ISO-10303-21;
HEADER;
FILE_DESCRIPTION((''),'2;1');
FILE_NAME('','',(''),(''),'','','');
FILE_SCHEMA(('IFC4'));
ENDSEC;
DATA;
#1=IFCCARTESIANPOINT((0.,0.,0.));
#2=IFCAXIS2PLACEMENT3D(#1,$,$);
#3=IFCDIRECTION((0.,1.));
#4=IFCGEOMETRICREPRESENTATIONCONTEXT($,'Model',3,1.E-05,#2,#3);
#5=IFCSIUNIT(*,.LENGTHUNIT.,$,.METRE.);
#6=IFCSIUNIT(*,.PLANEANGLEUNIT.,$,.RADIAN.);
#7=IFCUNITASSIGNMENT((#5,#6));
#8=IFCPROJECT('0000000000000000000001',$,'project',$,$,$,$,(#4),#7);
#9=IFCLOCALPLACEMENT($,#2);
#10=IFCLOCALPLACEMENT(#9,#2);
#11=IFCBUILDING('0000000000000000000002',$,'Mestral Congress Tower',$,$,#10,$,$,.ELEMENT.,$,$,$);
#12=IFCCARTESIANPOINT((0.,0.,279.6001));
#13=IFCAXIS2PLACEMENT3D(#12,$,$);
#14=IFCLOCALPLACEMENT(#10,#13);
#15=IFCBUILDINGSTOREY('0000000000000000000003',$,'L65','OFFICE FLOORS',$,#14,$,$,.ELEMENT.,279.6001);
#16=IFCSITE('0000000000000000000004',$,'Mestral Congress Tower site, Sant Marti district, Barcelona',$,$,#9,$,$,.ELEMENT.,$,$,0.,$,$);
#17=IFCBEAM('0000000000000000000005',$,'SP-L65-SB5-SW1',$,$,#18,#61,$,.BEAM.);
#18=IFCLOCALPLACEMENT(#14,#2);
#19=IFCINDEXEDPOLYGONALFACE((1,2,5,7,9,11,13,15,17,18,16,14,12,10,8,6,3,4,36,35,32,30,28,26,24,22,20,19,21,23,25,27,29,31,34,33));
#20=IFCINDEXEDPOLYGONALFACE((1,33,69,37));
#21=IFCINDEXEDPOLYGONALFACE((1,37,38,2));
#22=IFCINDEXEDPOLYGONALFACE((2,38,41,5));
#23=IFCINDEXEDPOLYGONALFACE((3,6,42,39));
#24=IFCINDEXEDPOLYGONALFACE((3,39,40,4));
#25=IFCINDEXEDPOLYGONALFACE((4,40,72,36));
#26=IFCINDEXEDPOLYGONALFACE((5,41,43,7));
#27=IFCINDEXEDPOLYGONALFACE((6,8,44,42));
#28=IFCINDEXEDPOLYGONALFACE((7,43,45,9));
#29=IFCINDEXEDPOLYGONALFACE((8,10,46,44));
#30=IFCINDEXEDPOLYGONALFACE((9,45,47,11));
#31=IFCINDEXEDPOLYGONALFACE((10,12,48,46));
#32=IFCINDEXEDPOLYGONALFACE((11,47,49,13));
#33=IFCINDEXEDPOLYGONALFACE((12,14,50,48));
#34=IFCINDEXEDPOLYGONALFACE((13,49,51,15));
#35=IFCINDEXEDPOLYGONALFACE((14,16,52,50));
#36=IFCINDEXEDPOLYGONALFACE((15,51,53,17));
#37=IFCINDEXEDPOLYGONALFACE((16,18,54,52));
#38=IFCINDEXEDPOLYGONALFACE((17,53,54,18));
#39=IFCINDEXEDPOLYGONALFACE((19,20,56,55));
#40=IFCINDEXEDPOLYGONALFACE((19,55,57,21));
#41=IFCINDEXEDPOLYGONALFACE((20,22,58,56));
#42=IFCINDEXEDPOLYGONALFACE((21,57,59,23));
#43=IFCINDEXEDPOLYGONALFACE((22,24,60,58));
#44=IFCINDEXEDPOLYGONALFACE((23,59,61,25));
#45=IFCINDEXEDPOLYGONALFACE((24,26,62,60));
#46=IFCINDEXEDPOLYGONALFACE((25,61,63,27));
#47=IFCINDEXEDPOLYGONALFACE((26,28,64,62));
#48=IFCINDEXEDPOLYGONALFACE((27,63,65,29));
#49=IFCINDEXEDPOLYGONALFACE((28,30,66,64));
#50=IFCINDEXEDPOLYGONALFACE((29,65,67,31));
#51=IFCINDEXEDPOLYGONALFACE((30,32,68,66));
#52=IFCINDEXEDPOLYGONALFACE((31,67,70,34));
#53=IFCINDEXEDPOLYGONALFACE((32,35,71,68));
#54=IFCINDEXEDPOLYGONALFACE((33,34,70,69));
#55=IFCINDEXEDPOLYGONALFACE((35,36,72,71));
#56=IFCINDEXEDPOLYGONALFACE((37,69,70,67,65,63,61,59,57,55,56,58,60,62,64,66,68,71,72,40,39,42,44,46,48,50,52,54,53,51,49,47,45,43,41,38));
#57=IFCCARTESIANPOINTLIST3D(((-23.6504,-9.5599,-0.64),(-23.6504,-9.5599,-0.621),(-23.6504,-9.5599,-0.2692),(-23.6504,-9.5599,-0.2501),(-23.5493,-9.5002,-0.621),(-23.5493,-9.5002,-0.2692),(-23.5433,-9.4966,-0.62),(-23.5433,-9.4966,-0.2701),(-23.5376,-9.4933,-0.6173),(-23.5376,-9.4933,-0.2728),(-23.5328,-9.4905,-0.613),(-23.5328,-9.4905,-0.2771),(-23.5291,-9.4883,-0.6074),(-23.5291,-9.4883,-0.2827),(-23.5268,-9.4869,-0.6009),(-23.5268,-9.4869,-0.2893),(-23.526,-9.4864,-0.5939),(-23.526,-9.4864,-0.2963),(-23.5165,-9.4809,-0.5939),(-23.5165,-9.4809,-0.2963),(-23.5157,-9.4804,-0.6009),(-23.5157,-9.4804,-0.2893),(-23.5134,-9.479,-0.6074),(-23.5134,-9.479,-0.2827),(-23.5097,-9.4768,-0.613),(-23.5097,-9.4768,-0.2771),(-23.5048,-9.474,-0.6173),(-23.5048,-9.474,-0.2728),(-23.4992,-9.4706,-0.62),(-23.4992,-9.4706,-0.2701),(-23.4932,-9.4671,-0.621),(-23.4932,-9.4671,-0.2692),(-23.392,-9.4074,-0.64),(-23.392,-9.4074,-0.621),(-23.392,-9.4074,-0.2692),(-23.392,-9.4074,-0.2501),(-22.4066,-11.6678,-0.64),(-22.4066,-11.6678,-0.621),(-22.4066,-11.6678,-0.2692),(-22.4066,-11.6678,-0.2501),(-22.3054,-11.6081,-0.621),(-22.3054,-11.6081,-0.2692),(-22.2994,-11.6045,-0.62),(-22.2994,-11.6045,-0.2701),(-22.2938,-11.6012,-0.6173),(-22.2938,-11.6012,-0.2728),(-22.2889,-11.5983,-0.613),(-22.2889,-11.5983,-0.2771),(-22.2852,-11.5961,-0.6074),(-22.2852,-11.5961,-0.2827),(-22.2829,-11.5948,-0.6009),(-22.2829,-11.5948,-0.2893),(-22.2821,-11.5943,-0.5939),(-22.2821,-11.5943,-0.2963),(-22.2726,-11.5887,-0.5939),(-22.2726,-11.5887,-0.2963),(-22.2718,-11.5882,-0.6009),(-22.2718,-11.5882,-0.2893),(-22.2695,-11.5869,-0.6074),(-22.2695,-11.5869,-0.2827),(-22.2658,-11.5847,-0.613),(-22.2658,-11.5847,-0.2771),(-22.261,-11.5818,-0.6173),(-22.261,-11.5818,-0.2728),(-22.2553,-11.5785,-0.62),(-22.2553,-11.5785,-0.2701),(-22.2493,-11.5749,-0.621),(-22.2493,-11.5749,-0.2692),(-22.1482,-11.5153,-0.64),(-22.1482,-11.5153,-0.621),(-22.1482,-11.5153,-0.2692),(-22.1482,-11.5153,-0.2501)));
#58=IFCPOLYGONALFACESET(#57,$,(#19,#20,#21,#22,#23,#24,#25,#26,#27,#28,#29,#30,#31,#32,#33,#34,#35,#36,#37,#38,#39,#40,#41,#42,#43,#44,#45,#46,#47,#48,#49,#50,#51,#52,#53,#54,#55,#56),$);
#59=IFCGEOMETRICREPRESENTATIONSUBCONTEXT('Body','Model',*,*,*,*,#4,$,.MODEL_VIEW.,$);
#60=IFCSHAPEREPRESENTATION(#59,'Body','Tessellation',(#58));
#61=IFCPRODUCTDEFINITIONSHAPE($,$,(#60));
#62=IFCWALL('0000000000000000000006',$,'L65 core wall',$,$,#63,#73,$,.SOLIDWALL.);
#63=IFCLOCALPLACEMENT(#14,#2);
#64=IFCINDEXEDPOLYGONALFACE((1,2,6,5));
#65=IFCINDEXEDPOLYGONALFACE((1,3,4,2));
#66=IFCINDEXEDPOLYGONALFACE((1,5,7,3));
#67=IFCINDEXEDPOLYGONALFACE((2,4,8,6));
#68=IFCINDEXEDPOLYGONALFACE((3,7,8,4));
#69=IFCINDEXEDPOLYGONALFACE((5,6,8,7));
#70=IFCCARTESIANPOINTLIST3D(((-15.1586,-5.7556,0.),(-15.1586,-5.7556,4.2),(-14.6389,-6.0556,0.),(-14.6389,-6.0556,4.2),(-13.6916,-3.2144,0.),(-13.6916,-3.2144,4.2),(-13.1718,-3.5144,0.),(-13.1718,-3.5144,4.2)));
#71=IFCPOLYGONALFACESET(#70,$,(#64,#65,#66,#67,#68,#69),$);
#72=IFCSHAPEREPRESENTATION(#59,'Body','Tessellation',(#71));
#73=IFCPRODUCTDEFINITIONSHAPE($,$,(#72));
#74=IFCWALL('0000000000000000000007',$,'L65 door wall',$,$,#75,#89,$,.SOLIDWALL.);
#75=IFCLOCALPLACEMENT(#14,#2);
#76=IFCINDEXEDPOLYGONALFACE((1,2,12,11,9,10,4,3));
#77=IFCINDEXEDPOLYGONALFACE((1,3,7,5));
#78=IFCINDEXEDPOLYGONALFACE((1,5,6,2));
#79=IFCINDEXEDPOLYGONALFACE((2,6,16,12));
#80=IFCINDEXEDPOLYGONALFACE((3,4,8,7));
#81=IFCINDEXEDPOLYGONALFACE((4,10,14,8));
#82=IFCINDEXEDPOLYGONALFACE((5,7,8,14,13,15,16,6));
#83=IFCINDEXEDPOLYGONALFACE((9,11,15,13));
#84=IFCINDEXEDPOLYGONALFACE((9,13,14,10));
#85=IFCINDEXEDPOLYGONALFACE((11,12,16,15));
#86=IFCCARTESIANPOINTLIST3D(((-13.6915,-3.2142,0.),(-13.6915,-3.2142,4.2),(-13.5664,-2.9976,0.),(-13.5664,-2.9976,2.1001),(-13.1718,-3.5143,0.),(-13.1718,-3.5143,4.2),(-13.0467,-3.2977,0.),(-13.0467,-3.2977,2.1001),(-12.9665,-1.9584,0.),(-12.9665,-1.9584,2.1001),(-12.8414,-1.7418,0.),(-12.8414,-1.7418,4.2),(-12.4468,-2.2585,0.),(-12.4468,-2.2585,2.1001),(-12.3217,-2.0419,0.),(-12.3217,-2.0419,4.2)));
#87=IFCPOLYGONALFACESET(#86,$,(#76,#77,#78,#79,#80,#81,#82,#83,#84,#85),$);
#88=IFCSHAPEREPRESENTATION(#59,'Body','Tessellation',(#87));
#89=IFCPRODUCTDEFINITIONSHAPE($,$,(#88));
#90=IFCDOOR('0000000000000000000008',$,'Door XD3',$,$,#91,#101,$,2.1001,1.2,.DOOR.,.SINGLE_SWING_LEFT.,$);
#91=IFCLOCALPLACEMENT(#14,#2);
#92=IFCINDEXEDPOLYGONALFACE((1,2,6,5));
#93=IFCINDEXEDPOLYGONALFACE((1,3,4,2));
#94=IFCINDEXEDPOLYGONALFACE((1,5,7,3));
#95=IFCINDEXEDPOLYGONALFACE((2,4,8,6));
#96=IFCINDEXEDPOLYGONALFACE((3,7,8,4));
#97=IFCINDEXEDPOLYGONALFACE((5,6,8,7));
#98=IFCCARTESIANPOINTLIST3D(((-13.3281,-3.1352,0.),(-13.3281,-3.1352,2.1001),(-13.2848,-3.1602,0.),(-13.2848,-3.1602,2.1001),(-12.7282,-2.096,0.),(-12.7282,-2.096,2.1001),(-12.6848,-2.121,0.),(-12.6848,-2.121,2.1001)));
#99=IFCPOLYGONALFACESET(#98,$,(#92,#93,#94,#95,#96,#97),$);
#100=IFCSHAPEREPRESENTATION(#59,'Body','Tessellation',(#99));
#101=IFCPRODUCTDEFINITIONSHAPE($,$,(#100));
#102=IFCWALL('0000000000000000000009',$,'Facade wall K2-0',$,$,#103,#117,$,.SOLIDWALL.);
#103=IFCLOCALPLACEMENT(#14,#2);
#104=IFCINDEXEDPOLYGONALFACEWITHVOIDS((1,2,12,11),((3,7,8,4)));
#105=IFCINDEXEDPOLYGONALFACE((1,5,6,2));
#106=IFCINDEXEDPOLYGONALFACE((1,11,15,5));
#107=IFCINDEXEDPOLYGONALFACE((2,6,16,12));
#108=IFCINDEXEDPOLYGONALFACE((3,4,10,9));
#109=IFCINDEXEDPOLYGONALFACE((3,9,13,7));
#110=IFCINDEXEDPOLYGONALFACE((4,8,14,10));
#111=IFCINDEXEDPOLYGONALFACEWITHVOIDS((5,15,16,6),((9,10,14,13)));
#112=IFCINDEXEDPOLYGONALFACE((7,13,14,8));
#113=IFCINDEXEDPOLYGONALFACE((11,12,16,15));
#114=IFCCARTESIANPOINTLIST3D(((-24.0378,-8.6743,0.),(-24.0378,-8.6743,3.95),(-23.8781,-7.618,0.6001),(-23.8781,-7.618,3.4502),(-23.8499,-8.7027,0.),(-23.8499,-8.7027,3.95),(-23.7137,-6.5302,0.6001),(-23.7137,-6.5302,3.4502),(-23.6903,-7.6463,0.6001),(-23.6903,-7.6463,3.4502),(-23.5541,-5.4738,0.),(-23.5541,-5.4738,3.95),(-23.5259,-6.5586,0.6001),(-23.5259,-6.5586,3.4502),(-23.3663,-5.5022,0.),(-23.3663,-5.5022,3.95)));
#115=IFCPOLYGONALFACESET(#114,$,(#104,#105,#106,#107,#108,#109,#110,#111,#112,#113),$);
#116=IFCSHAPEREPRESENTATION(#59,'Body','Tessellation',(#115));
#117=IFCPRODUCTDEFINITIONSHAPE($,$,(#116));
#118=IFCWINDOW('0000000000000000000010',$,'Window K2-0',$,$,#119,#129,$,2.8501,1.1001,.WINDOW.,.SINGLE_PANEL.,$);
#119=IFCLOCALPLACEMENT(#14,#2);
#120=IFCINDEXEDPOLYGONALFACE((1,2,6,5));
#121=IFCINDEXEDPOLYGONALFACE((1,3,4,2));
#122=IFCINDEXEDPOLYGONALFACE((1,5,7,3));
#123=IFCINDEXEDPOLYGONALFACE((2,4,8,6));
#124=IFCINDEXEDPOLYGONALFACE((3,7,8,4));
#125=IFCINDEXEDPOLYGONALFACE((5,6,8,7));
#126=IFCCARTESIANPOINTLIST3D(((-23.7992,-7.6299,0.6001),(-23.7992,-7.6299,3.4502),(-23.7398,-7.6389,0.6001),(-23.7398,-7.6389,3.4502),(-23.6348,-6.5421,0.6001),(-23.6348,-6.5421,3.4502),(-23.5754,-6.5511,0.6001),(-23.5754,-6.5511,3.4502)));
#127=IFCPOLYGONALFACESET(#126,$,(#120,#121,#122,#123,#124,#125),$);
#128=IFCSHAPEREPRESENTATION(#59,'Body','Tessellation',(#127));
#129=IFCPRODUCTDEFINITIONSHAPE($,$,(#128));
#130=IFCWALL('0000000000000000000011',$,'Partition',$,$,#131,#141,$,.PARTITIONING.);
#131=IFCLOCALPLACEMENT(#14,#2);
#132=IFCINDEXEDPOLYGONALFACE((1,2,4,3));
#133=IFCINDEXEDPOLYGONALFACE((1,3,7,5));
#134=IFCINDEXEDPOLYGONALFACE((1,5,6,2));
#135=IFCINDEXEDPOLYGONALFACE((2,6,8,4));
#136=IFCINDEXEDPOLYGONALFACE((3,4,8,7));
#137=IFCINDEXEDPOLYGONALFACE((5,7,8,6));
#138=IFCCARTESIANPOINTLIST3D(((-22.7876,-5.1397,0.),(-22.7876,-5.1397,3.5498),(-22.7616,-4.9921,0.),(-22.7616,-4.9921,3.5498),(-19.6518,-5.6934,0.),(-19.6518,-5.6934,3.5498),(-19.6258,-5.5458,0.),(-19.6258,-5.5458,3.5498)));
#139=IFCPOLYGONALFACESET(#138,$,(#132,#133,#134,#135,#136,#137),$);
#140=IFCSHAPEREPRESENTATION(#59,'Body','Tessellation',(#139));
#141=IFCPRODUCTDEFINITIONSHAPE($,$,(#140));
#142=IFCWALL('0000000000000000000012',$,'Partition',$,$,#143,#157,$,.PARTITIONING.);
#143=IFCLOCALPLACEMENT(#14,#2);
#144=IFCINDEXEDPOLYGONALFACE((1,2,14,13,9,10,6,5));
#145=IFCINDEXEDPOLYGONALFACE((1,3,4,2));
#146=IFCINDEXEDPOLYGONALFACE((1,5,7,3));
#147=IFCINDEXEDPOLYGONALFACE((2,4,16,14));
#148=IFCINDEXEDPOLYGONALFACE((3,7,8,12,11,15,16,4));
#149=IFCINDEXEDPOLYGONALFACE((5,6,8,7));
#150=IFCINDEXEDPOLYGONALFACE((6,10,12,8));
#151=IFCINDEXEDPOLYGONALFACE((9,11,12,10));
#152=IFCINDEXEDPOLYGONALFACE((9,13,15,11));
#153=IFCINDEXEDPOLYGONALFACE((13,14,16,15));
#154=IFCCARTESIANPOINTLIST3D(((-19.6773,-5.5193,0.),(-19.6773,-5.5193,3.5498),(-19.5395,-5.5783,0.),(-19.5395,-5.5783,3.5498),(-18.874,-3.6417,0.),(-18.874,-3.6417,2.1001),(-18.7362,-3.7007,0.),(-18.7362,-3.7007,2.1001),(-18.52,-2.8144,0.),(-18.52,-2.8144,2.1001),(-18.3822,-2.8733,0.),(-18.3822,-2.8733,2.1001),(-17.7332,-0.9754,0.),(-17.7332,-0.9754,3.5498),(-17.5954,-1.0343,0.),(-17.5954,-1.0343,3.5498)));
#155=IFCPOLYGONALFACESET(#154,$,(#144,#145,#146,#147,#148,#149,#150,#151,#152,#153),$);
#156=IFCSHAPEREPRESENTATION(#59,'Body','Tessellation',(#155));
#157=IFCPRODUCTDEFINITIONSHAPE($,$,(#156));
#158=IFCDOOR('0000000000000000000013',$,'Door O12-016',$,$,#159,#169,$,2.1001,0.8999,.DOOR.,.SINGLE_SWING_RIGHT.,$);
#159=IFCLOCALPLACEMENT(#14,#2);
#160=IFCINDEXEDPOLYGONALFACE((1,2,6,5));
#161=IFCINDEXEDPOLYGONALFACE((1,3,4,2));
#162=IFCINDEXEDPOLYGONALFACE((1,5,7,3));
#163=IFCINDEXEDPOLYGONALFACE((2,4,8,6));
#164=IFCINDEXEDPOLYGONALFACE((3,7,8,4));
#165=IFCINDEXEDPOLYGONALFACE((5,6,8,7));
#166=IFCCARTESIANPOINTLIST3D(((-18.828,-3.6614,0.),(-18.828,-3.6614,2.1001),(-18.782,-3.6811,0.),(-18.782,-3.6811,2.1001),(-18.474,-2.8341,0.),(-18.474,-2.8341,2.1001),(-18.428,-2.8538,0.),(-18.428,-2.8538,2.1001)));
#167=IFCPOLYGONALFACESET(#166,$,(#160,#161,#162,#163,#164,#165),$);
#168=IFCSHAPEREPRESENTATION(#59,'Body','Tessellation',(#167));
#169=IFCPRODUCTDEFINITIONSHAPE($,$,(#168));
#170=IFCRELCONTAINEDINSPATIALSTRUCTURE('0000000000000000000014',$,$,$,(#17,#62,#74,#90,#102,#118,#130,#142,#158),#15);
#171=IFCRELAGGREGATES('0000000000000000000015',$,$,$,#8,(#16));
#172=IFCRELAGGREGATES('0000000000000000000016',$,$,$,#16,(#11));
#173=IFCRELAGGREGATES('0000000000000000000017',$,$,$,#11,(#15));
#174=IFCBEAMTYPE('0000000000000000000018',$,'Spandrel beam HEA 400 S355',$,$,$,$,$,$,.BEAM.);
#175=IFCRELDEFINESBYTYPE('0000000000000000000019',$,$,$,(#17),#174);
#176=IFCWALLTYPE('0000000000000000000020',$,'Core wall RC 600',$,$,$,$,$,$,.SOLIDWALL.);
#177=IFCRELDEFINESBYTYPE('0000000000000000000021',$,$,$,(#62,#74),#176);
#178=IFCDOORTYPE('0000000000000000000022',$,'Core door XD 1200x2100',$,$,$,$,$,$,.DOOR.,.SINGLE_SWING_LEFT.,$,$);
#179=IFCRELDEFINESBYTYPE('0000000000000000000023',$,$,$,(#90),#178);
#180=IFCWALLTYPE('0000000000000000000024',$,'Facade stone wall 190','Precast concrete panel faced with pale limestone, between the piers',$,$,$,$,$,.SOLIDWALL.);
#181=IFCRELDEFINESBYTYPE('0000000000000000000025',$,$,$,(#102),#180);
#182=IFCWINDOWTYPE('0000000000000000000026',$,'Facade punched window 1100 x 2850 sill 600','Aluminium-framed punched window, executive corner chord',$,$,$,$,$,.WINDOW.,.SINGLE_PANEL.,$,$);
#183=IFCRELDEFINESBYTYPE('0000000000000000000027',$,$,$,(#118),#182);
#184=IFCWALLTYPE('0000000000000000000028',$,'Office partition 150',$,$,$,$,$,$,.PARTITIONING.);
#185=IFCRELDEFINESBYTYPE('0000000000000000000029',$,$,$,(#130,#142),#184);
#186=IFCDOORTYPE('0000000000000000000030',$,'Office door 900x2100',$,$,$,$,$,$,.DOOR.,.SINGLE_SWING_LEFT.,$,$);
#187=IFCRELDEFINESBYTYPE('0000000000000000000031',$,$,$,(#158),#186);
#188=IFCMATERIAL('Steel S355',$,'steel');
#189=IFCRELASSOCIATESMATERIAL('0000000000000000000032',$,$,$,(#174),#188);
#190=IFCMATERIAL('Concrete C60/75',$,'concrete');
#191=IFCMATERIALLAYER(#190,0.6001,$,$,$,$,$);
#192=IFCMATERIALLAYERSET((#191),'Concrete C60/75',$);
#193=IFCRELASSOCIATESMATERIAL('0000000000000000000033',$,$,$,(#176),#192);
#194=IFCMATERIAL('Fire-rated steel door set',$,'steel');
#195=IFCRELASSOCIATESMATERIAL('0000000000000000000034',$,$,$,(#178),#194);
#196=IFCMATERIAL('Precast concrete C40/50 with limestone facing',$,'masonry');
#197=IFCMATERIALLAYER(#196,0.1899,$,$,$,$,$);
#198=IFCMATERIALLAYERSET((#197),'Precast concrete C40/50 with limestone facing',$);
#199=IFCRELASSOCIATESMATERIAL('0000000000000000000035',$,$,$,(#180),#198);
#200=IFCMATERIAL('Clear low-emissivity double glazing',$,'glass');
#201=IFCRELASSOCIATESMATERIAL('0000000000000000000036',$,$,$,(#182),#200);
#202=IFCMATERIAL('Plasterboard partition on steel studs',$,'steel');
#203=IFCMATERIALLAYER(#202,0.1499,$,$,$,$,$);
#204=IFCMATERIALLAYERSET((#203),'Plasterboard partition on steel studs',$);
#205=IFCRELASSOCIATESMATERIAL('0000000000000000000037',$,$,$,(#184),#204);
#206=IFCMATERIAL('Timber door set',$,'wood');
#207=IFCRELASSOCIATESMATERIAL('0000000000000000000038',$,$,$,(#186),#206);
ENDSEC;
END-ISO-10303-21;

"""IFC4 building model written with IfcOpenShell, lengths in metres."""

from ifc_helpers import new_model, si_unit, direction, frame, frame_2d, origin, origin_2d, place, context, subcontext, project, spatial, rectangle, i_section, extrude, material, layer, layer_set, material_profile, profile_set, type_object, element, fill, save


model = new_model("IFC4")

# Units and contexts
model_context = context("Model", 3, precision=1e-05, world=origin(), true_north=direction((0.0, 1.0)))
body_context = subcontext(model_context, "Body", "Model", "MODEL_VIEW")
ifc_project = project(units=[si_unit("LENGTHUNIT", "METRE"), si_unit("PLANEANGLEUNIT", "RADIAN")], contexts=[model_context])

# Site, building, storey
site_placement = place(None, origin())
site = spatial("IfcSite", under=ifc_project, at=site_placement, Name="Mestral Congress Tower site, Sant Marti district, Barcelona", CompositionType="ELEMENT", RefElevation=0.0)
building_placement = place(site_placement, origin())
building = spatial("IfcBuilding", under=site, at=building_placement, Name="Mestral Congress Tower", CompositionType="ELEMENT")
storey_placement = place(building_placement, frame((0.0, 0.0, 279.6001)))
storey = spatial("IfcBuildingStorey", under=building, at=storey_placement, Name="L65", Description="OFFICE FLOORS", CompositionType="ELEMENT", Elevation=279.6001)

# Shared definitions
ifc_material_1 = material(Name="Concrete C60/75", Category="concrete")

# Beam
ifc_material_2 = material(Name="Steel S355", Category="steel")
ifc_material_profile_1 = material_profile(ifc_material_2, i_section(OverallWidth=0.3, OverallDepth=0.3899, WebThickness=0.011, FlangeThickness=0.019, FilletRadius=0.0271, at=origin_2d()), Name="HEA 400")
ifc_profile_set_1 = profile_set([ifc_material_profile_1], Name="Steel S355")
beam_type_1 = type_object("IfcBeamType", Name="Spandrel beam HEA 400 S355", PredefinedType="BEAM", material=ifc_profile_set_1)
beam_1_placement = place(storey_placement, frame((-23.5212, -9.4836, -0.4451), z_axis=(0.508218, -0.861228, 0.0), x_axis=(0.861228, 0.508218, 0.0)))
element("IfcBeam", 1, at=beam_1_placement, inside=storey, type_object=beam_type_1, Name="SP-L65-SB5-SW1", PredefinedType="BEAM", context=body_context, shape_type="SweptSolid", body=[
    extrude(i_section(OverallWidth=0.3, OverallDepth=0.3899, WebThickness=0.011, FlangeThickness=0.019, FilletRadius=0.0271, at=origin_2d()), origin(), (0.0, 0.0, 1.0), 2.4475),
])

# Wall
ifc_layer_1 = layer(ifc_material_1, 0.6001)
ifc_layer_set_1 = layer_set([ifc_layer_1], Name="Concrete C60/75")
wall_type_1 = type_object("IfcWallType", Name="Core wall RC 600", PredefinedType="SOLIDWALL", material=ifc_layer_set_1)
wall_1_placement = place(storey_placement, frame((-13.4316, -3.3643, 0.0), z_axis=(0.0, 0.0, 1.0), x_axis=(-0.49996, -0.866048, 0.0)))
element("IfcWall", 2, at=wall_1_placement, inside=storey, type_object=wall_type_1, Name="L65 core wall", PredefinedType="SOLIDWALL", context=body_context, shape_type="SweptSolid", body=[
    extrude(rectangle(XDim=2.9343, YDim=0.6001, at=frame_2d((1.4673, 0.0))), origin(), (0.0, 0.0, 1.0), 4.2),
])

# Wall, opening, door
wall_2_placement = place(storey_placement, frame((-13.4316, -3.3643, 0.0), z_axis=(0.0, 0.0, 1.0), x_axis=(0.5, 0.866025, 0.0)))
wall_2 = element("IfcWall", 3, at=wall_2_placement, inside=storey, type_object=wall_type_1, Name="L65 door wall", PredefinedType="SOLIDWALL", context=body_context, shape_type="SweptSolid", body=[
    extrude(rectangle(XDim=1.7002, YDim=0.6001, at=frame_2d((0.8501, 0.0))), origin(), (0.0, 0.0, 1.0), 4.2),
])
opening_1_placement = place(wall_2_placement, frame((0.25, 0.0, 0.0)))
opening_1 = element("IfcOpeningElement", 4, at=opening_1_placement, cuts=wall_2, PredefinedType="OPENING", context=body_context, shape_type="SweptSolid", body=[
    extrude(rectangle(XDim=1.2, YDim=2.1001, at=frame_2d((0.6001, 1.05))), frame((0.0, 0.3101, 0.0), z_axis=(0.0, -1.0, 0.0), x_axis=(1.0, 0.0, 0.0)), (0.0, 0.0, 1.0), 0.6201),
])
ifc_material_3 = material(Name="Fire-rated steel door set", Category="steel")
door_type_1 = type_object("IfcDoorType", Name="Core door XD 1200x2100", OperationType="SINGLE_SWING_LEFT", PredefinedType="DOOR", material=ifc_material_3)
door_1_placement = place(opening_1_placement, origin())
door_1 = element("IfcDoor", 5, at=door_1_placement, inside=storey, type_object=door_type_1, Name="Door XD3", OperationType="SINGLE_SWING_LEFT", OverallHeight=2.1001, OverallWidth=1.2, PredefinedType="DOOR", context=body_context, shape_type="SweptSolid", body=[
    extrude(rectangle(XDim=1.2, YDim=2.1001, at=frame_2d((0.6001, 1.05))), frame((0.0, 0.0249, 0.0), z_axis=(0.0, -1.0, 0.0), x_axis=(1.0, 0.0, 0.0)), (0.0, 0.0, 1.0), 0.05),
])
fill(opening_1, door_1)

# Wall, opening, window
ifc_material_4 = material(Name="Precast concrete C40/50 with limestone facing", Category="masonry")
ifc_layer_2 = layer(ifc_material_4, 0.1899)
ifc_layer_set_2 = layer_set([ifc_layer_2], Name="Precast concrete C40/50 with limestone facing")
wall_type_2 = type_object("IfcWallType", Name="Facade stone wall 190", Description="Precast concrete panel faced with pale limestone, between the piers", PredefinedType="SOLIDWALL", material=ifc_layer_set_2)
wall_3_placement = place(storey_placement, frame((-23.4602, -5.488, 0.0), z_axis=(0.0, 0.0, 1.0), x_axis=(-0.149421, -0.988774, 0.0)))
wall_3 = element("IfcWall", 6, at=wall_3_placement, inside=storey, type_object=wall_type_2, Name="Facade wall K2-0", PredefinedType="SOLIDWALL", context=body_context, shape_type="SweptSolid", body=[
    extrude(rectangle(XDim=3.2368, YDim=0.1899, at=frame_2d((1.6184, 0.0))), origin(), (0.0, 0.0, 1.0), 3.95),
])
opening_2_placement = place(wall_3_placement, frame((1.0684, 0.0, 0.6001)))
opening_2 = element("IfcOpeningElement", 7, at=opening_2_placement, cuts=wall_3, PredefinedType="OPENING", context=body_context, shape_type="SweptSolid", body=[
    extrude(rectangle(XDim=1.1001, YDim=2.8501, at=frame_2d((0.55, 1.425))), frame((0.0, 0.105, 0.0), z_axis=(0.0, -1.0, 0.0), x_axis=(1.0, 0.0, 0.0)), (0.0, 0.0, 1.0), 0.21),
])
ifc_material_5 = material(Name="Clear low-emissivity double glazing", Category="glass")
window_type = type_object("IfcWindowType", Name="Facade punched window 1100 x 2850 sill 600", Description="Aluminium-framed punched window, executive corner chord", PartitioningType="SINGLE_PANEL", PredefinedType="WINDOW", material=ifc_material_5)
window_placement = place(opening_2_placement, origin())
window = element("IfcWindow", 8, at=window_placement, inside=storey, type_object=window_type, Name="Window K2-0", OverallHeight=2.8501, OverallWidth=1.1001, PartitioningType="SINGLE_PANEL", PredefinedType="WINDOW", context=body_context, shape_type="SweptSolid", body=[
    extrude(rectangle(XDim=1.1001, YDim=2.8501, at=frame_2d((0.55, 1.425))), frame((0.0, 0.0449, 0.0), z_axis=(0.0, -1.0, 0.0), x_axis=(1.0, 0.0, 0.0)), (0.0, 0.0, 1.0), 0.0601),
])
fill(opening_2, window)

# Wall
ifc_material_6 = material(Name="Plasterboard partition on steel studs", Category="steel")
ifc_layer_3 = layer(ifc_material_6, 0.1499)
ifc_layer_set_3 = layer_set([ifc_layer_3], Name="Plasterboard partition on steel studs")
wall_type_3 = type_object("IfcWallType", Name="Office partition 150", PredefinedType="PARTITIONING", material=ifc_layer_set_3)
wall_4_placement = place(storey_placement, frame((-19.6387, -5.6196, 0.0), z_axis=(0.0, 0.0, 1.0), x_axis=(-0.984765, 0.17389, 0.0)))
element("IfcWall", 9, at=wall_4_placement, inside=storey, type_object=wall_type_3, Name="Partition", PredefinedType="PARTITIONING", context=body_context, shape_type="SweptSolid", body=[
    extrude(rectangle(XDim=3.1843, YDim=0.1499, at=frame_2d((1.5923, 0.0))), origin(), (0.0, 0.0, 1.0), 3.5498),
])

# Wall, opening, door
wall_5_placement = place(storey_placement, frame((-19.6084, -5.5488, 0.0), z_axis=(0.0, 0.0, 1.0), x_axis=(0.393353, 0.919388, 0.0)))
wall_5 = element("IfcWall", 10, at=wall_5_placement, inside=storey, type_object=wall_type_3, Name="Partition", PredefinedType="PARTITIONING", context=body_context, shape_type="SweptSolid", body=[
    extrude(rectangle(XDim=4.9424, YDim=0.1499, at=frame_2d((2.4712, 0.0))), origin(), (0.0, 0.0, 1.0), 3.5498),
])
opening_3_placement = place(wall_5_placement, frame((2.0422, 0.0, 0.0)))
opening_3 = element("IfcOpeningElement", 11, at=opening_3_placement, cuts=wall_5, PredefinedType="OPENING", context=body_context, shape_type="SweptSolid", body=[
    extrude(rectangle(XDim=0.8999, YDim=2.1001, at=frame_2d((0.45, 1.05))), frame((0.0, 0.085, 0.0), z_axis=(0.0, -1.0, 0.0), x_axis=(1.0, 0.0, 0.0)), (0.0, 0.0, 1.0), 0.1699),
])
ifc_material_7 = material(Name="Timber door set", Category="wood")
door_type_2 = type_object("IfcDoorType", Name="Office door 900x2100", OperationType="SINGLE_SWING_LEFT", PredefinedType="DOOR", material=ifc_material_7)
door_2_placement = place(opening_3_placement, origin())
door_2 = element("IfcDoor", 12, at=door_2_placement, inside=storey, type_object=door_type_2, Name="Door O12-016", OperationType="SINGLE_SWING_RIGHT", OverallHeight=2.1001, OverallWidth=0.8999, PredefinedType="DOOR", context=body_context, shape_type="SweptSolid", body=[
    extrude(rectangle(XDim=0.8999, YDim=2.1001, at=frame_2d((0.45, 1.05))), frame((0.0, 0.0249, 0.0), z_axis=(0.0, -1.0, 0.0), x_axis=(1.0, 0.0, 0.0)), (0.0, 0.0, 1.0), 0.05),
])
fill(opening_3, door_2)

save(model, "model.ifc")
